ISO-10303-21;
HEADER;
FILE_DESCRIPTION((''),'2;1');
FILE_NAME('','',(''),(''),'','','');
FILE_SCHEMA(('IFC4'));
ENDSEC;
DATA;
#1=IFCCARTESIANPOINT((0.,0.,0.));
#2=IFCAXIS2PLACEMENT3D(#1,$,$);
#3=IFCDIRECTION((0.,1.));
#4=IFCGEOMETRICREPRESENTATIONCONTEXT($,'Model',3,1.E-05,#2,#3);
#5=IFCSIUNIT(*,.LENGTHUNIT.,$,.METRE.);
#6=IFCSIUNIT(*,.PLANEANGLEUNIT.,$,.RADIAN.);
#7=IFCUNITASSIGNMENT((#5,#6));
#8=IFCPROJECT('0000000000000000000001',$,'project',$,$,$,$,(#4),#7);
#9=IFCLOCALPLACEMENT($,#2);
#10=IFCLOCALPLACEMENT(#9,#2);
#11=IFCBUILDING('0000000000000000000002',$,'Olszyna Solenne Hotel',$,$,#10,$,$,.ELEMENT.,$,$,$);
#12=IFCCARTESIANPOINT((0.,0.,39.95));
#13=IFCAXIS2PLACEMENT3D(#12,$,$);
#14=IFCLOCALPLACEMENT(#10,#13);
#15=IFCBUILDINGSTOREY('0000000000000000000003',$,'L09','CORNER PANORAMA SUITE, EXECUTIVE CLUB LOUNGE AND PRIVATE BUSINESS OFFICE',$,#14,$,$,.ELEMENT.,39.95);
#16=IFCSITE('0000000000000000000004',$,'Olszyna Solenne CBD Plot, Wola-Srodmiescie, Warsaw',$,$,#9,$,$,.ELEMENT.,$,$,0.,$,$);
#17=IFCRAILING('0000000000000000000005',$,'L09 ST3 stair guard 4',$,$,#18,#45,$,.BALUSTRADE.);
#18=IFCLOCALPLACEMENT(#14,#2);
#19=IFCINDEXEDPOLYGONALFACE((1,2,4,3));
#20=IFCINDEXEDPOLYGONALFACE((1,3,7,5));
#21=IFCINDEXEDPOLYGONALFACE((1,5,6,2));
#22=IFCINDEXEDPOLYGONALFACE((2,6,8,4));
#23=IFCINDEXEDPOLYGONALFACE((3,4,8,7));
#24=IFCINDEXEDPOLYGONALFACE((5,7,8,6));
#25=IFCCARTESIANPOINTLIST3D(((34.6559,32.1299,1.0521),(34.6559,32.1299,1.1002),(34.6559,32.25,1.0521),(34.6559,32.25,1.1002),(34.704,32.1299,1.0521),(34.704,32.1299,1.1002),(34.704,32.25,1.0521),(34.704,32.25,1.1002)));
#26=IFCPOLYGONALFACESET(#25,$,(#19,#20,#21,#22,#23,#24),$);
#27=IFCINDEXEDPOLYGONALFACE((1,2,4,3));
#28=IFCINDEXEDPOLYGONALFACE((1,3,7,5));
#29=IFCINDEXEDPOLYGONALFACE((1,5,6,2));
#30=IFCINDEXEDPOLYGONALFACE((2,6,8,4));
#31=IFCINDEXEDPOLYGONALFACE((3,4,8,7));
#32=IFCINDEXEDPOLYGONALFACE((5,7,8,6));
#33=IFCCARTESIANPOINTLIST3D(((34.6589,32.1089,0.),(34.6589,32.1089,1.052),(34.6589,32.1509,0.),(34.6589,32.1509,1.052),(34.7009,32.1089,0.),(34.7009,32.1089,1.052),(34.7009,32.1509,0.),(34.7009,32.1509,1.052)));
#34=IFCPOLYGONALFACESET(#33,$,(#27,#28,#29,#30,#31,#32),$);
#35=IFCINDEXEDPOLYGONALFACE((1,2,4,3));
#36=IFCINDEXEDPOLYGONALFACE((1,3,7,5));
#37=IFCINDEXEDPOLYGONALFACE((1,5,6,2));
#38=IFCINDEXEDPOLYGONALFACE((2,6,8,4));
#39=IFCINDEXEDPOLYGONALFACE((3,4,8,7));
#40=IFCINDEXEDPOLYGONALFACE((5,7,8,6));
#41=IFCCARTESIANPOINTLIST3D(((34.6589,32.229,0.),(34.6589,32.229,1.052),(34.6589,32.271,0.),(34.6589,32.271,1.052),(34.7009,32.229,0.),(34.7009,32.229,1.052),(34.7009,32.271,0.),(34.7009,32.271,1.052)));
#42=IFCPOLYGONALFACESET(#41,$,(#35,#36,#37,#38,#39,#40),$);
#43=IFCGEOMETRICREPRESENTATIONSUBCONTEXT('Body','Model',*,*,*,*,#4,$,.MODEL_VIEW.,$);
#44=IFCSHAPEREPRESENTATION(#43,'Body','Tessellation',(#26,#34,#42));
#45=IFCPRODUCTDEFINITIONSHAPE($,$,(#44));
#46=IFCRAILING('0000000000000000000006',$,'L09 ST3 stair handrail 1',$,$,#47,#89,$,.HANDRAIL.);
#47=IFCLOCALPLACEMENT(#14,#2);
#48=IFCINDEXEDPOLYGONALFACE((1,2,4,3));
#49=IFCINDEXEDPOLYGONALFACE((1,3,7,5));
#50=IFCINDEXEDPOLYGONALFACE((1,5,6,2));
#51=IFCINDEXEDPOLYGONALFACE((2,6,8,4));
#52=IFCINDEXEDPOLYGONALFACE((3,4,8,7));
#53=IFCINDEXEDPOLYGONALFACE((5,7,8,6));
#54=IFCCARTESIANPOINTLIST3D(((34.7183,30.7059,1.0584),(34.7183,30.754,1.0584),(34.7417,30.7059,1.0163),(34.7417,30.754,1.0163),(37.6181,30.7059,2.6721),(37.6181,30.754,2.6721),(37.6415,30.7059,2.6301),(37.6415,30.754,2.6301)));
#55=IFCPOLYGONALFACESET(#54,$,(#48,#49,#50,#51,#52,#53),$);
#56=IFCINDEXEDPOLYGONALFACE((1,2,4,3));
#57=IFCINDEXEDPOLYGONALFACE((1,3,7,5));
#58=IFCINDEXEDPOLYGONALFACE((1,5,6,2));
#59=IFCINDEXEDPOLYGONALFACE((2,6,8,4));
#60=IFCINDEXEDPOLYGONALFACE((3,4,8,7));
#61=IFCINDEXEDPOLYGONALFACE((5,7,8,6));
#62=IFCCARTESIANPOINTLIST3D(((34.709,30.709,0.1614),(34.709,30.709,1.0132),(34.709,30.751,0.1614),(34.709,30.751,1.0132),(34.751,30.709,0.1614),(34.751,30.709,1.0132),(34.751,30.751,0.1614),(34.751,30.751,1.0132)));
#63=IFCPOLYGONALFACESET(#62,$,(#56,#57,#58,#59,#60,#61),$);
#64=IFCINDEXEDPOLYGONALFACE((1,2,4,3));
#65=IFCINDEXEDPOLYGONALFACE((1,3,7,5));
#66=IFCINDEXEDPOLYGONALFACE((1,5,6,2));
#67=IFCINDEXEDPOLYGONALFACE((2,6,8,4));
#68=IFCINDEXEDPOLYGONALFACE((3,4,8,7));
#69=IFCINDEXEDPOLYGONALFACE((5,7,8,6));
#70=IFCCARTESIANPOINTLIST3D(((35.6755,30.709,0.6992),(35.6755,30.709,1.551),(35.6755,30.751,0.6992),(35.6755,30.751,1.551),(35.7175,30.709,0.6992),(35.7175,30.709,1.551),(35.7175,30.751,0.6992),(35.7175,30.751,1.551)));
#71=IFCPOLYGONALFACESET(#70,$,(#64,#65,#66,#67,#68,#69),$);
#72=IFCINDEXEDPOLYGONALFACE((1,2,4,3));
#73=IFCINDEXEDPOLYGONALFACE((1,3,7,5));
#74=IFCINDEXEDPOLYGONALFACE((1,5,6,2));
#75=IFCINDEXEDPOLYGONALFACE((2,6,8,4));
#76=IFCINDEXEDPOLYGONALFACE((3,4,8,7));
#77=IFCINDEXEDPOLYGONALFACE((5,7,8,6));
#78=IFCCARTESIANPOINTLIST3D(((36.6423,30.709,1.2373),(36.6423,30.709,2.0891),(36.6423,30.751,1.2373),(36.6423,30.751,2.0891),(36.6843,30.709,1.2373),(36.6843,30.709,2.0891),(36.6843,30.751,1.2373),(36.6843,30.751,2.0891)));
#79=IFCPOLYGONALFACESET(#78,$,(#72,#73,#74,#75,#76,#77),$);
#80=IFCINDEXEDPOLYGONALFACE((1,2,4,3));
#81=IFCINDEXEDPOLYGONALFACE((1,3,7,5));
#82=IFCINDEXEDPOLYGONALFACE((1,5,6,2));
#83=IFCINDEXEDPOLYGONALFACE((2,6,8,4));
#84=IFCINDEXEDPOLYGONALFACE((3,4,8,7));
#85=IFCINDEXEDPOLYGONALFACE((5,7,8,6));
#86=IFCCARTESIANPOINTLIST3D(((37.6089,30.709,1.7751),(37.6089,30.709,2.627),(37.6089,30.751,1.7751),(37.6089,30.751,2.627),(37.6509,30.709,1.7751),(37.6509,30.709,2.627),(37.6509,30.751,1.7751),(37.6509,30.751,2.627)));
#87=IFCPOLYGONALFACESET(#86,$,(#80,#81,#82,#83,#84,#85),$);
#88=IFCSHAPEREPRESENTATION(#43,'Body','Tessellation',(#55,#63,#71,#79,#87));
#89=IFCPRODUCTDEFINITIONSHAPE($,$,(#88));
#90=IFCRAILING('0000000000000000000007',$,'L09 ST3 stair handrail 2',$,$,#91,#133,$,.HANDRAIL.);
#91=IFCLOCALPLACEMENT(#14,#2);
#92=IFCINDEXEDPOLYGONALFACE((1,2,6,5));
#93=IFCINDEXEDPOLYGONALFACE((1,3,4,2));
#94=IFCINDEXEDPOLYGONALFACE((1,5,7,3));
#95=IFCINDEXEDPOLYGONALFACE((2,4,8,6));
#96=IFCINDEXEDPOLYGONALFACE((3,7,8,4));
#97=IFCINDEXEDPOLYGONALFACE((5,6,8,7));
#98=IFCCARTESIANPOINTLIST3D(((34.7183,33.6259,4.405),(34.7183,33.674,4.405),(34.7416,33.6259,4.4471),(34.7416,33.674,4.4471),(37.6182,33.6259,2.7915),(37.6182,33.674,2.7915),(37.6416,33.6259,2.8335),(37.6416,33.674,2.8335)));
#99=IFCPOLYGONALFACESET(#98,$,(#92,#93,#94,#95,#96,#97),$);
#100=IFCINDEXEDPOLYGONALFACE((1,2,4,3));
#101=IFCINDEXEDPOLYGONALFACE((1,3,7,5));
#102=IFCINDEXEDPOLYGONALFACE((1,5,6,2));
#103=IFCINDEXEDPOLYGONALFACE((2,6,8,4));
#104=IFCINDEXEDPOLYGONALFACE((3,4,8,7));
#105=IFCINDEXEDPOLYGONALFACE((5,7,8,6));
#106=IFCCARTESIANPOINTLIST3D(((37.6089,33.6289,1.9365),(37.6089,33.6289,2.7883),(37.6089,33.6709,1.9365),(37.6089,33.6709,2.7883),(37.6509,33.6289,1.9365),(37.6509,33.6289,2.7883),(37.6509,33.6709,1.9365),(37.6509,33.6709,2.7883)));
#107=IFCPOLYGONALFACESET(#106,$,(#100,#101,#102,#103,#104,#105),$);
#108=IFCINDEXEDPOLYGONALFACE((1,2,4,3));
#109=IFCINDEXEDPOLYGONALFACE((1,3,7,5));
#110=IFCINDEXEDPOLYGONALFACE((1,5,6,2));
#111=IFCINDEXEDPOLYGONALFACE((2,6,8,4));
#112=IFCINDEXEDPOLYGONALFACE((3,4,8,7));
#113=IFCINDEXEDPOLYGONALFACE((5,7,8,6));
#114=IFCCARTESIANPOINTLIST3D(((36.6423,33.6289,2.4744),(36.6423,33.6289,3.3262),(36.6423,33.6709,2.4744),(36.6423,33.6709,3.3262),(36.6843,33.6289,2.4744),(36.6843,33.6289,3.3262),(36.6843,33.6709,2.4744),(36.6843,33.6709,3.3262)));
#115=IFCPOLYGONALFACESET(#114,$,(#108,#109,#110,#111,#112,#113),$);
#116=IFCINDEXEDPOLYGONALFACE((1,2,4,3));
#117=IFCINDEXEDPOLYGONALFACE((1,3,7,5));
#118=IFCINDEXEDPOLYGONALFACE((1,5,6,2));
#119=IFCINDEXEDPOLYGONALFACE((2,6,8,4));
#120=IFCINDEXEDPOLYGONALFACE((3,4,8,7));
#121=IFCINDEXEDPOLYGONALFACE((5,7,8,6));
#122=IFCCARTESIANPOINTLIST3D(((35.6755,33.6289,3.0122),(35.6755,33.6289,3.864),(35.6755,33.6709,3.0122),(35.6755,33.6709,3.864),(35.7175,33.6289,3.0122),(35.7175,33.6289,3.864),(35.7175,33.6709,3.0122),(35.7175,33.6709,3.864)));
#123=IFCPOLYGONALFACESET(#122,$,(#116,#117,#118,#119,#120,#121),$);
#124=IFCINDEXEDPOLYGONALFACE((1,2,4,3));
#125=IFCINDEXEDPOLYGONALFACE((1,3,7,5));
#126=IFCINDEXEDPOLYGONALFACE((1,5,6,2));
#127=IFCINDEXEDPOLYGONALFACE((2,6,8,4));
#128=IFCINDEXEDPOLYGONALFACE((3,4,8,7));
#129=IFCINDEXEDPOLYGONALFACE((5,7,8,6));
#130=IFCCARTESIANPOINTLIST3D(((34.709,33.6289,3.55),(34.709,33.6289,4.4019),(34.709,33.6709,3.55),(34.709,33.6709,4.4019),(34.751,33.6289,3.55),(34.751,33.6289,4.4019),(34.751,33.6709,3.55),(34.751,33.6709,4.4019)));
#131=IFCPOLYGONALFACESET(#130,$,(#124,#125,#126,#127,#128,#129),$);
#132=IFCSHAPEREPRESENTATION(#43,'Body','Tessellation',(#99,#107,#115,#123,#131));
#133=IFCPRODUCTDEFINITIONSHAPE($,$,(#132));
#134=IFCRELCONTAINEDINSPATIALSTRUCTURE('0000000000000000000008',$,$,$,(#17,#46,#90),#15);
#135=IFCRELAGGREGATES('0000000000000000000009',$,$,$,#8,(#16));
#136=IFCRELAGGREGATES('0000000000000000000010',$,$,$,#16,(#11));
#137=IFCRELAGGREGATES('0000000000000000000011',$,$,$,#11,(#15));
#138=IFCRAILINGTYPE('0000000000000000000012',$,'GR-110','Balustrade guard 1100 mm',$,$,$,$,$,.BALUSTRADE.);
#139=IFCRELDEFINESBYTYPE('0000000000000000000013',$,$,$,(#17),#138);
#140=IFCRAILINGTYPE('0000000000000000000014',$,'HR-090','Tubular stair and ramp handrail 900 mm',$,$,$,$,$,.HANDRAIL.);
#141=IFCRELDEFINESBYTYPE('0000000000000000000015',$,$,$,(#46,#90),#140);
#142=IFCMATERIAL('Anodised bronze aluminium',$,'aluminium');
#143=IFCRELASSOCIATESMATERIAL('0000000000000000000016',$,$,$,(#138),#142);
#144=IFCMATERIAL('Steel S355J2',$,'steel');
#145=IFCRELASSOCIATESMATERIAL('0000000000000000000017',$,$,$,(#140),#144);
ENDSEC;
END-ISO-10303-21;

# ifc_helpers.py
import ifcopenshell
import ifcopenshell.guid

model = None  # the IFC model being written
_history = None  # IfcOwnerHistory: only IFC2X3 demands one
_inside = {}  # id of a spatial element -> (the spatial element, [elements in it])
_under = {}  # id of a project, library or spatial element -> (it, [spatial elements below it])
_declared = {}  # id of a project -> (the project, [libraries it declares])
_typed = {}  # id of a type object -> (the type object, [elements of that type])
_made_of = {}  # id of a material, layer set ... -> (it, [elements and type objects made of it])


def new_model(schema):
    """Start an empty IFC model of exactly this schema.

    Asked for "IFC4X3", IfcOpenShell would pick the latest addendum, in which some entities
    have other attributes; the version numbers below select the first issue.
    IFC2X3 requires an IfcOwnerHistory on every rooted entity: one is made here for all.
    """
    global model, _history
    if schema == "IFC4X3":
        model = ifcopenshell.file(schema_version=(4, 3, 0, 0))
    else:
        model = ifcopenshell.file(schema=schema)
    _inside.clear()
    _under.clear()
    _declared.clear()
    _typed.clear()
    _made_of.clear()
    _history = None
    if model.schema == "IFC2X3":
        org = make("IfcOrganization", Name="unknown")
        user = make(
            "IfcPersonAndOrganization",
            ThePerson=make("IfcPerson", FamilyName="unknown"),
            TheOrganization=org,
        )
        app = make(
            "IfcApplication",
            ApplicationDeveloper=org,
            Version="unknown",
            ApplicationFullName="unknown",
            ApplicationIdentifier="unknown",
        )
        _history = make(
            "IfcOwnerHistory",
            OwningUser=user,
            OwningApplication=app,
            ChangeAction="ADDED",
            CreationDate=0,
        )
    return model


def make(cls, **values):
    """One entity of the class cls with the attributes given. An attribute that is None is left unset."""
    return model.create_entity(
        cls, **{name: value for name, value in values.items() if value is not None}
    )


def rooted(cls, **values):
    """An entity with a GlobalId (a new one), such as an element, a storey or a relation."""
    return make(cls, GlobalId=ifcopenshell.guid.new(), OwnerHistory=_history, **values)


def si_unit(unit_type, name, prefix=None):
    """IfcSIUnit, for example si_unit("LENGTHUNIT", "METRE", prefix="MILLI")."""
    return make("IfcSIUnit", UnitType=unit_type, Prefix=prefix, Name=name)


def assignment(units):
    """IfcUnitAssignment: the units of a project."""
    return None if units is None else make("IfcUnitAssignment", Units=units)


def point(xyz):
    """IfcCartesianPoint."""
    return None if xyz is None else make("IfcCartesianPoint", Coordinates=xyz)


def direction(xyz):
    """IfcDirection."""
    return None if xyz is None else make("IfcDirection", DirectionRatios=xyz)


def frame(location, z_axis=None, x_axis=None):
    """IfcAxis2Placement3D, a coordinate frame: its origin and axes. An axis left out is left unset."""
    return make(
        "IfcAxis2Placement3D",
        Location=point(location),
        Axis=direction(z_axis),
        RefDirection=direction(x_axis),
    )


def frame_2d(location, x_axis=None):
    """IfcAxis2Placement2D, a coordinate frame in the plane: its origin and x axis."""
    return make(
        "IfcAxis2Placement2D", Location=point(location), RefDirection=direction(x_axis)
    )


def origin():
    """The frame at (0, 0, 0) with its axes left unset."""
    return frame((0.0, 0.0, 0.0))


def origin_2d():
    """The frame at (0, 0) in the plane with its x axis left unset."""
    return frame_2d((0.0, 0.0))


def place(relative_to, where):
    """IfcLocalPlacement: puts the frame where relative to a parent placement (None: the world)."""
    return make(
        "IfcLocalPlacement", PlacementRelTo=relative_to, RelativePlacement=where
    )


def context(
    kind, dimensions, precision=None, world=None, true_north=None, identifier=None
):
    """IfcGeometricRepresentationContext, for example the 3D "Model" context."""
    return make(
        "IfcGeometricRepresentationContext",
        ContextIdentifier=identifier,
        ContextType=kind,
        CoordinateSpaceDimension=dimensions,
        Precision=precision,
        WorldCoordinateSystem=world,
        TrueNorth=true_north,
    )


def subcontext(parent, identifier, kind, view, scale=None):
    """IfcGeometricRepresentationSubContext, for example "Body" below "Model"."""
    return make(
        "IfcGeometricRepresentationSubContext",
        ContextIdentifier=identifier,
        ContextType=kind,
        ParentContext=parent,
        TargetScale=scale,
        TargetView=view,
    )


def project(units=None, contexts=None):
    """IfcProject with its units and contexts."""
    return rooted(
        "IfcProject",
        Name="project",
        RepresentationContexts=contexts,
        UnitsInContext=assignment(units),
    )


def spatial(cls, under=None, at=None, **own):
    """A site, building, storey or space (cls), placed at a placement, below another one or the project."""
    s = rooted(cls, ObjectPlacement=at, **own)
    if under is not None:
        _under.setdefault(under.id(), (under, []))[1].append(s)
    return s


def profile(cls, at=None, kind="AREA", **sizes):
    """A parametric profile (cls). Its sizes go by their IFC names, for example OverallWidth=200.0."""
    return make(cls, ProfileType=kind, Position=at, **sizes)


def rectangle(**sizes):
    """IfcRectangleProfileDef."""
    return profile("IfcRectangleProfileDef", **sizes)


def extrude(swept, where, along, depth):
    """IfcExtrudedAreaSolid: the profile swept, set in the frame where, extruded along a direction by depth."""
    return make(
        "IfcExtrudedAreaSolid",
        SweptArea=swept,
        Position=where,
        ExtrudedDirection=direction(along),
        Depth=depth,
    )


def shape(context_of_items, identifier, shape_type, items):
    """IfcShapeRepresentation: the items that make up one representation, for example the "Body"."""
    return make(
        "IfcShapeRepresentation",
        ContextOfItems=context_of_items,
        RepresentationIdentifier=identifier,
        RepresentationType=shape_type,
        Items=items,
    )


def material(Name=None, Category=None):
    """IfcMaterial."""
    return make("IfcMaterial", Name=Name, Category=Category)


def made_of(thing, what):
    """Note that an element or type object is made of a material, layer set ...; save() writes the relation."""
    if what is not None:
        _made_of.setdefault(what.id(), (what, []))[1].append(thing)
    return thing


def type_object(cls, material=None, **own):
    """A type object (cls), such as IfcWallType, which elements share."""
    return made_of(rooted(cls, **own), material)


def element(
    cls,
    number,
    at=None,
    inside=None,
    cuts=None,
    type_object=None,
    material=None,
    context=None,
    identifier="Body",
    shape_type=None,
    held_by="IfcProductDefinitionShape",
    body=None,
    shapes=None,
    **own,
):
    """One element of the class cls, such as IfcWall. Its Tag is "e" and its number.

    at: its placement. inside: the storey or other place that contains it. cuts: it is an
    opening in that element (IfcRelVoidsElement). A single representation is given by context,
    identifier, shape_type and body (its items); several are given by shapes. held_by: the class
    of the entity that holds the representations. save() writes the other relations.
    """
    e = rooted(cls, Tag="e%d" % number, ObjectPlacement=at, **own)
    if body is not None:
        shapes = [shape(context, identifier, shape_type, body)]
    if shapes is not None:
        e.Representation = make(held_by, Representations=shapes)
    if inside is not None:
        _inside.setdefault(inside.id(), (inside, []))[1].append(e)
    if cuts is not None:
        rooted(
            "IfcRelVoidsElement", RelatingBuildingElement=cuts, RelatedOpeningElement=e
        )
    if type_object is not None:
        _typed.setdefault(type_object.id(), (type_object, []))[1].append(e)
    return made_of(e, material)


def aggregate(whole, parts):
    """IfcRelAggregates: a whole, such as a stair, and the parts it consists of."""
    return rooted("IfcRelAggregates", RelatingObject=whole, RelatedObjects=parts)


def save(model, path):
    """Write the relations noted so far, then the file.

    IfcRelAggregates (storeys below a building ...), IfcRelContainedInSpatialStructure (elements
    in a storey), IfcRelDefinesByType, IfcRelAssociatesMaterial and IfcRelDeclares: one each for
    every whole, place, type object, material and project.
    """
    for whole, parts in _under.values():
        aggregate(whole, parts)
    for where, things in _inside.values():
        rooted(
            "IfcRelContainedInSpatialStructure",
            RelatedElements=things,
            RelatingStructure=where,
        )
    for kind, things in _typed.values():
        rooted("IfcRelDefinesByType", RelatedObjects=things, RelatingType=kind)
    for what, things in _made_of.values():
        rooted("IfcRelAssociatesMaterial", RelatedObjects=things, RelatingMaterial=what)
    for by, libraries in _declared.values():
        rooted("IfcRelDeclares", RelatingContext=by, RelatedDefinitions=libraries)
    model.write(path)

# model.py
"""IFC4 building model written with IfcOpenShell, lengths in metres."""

from ifc_helpers import new_model, si_unit, direction, frame, origin, origin_2d, place, context, subcontext, project, spatial, rectangle, extrude, material, type_object, element, save


model = new_model("IFC4")

# Units and contexts
model_context = context("Model", 3, precision=1e-05, world=origin(), true_north=direction((0.0, 1.0)))
body_context = subcontext(model_context, "Body", "Model", "MODEL_VIEW")
ifc_project = project(units=[si_unit("LENGTHUNIT", "METRE"), si_unit("PLANEANGLEUNIT", "RADIAN")], contexts=[model_context])

# Site, building, storey
site_placement = place(None, origin())
site = spatial("IfcSite", under=ifc_project, at=site_placement, Name="Olszyna Solenne CBD Plot, Wola-Srodmiescie, Warsaw", CompositionType="ELEMENT", RefElevation=0.0)
building_placement = place(site_placement, origin())
building = spatial("IfcBuilding", under=site, at=building_placement, Name="Olszyna Solenne Hotel", CompositionType="ELEMENT")
storey_placement = place(building_placement, frame((0.0, 0.0, 39.95)))
storey = spatial("IfcBuildingStorey", under=building, at=storey_placement, Name="L09", Description="CORNER PANORAMA SUITE, EXECUTIVE CLUB LOUNGE AND PRIVATE BUSINESS OFFICE", CompositionType="ELEMENT", Elevation=39.95)

# Shared definitions
ifc_material_1 = material(Name="Steel S355J2", Category="steel")

# Shared definitions
ifc_material_2 = material(Name="Anodised bronze aluminium", Category="aluminium")

# Railings
railing_type_1 = type_object("IfcRailingType", Name="GR-110", Description="Balustrade guard 1100 mm", PredefinedType="BALUSTRADE", material=ifc_material_2)
railing_1_placement = place(storey_placement, frame((34.6799, 32.1299, 0.0)))
element("IfcRailing", 1, at=railing_1_placement, inside=storey, type_object=railing_type_1, Name="L09 ST3 stair guard 4", PredefinedType="BALUSTRADE", context=body_context, shape_type="SweptSolid", body=[
    extrude(rectangle(XDim=0.0481, YDim=0.0481, at=origin_2d()), frame((0.0, 0.0, 1.0762), z_axis=(0.0, 1.0, 0.0), x_axis=(-1.0, 0.0, 0.0)), (0.0, 0.0, 1.0), 0.1201),
    extrude(rectangle(XDim=0.042, YDim=0.042, at=origin_2d()), origin(), (0.0, 0.0, 1.0), 1.052),
    extrude(rectangle(XDim=0.042, YDim=0.042, at=origin_2d()), frame((0.0, 0.1201, 0.0)), (0.0, 0.0, 1.0), 1.052),
])
railing_type_2 = type_object("IfcRailingType", Name="HR-090", Description="Tubular stair and ramp handrail 900 mm", PredefinedType="HANDRAIL", material=ifc_material_1)
railing_2_placement = place(storey_placement, frame((34.73, 30.73, 0.1614)))
element("IfcRailing", 2, at=railing_2_placement, inside=storey, type_object=railing_type_2, Name="L09 ST3 stair handrail 1", PredefinedType="HANDRAIL", context=body_context, shape_type="SweptSolid", body=[
    extrude(rectangle(XDim=0.0481, YDim=0.0481, at=origin_2d()), frame((0.0, 0.0, 0.876), z_axis=(0.87381, 0.0, 0.486267), x_axis=(0.0, 1.0, 0.0)), (0.0, 0.0, 1.0), 3.3186),
    extrude(rectangle(XDim=0.042, YDim=0.042, at=origin_2d()), origin(), (0.0, 0.0, 1.0), 0.8518),
    extrude(rectangle(XDim=0.042, YDim=0.042, at=origin_2d()), frame((0.9666, 0.0, 0.5378)), (0.0, 0.0, 1.0), 0.8518),
    extrude(rectangle(XDim=0.042, YDim=0.042, at=origin_2d()), frame((1.9333, 0.0, 1.0759)), (0.0, 0.0, 1.0), 0.8518),
    extrude(rectangle(XDim=0.042, YDim=0.042, at=origin_2d()), frame((2.8999, 0.0, 1.6138)), (0.0, 0.0, 1.0), 0.8518),
])
railing_3_placement = place(storey_placement, frame((37.6299, 33.6499, 1.9365)))
element("IfcRailing", 3, at=railing_3_placement, inside=storey, type_object=railing_type_2, Name="L09 ST3 stair handrail 2", PredefinedType="HANDRAIL", context=body_context, shape_type="SweptSolid", body=[
    extrude(rectangle(XDim=0.0481, YDim=0.0481, at=origin_2d()), frame((0.0, 0.0, 0.876), z_axis=(-0.873841, 0.0, 0.486211), x_axis=(0.0, -1.0, 0.0)), (0.0, 0.0, 1.0), 3.3186),
    extrude(rectangle(XDim=0.042, YDim=0.042, at=origin_2d()), origin(), (0.0, 0.0, 1.0), 0.8518),
    extrude(rectangle(XDim=0.042, YDim=0.042, at=origin_2d()), frame((-0.9666, 0.0, 0.5378)), (0.0, 0.0, 1.0), 0.8518),
    extrude(rectangle(XDim=0.042, YDim=0.042, at=origin_2d()), frame((-1.9333, 0.0, 1.0757)), (0.0, 0.0, 1.0), 0.8518),
    extrude(rectangle(XDim=0.042, YDim=0.042, at=origin_2d()), frame((-2.8999, 0.0, 1.6135)), (0.0, 0.0, 1.0), 0.8518),
])

save(model, "model.ifc")
